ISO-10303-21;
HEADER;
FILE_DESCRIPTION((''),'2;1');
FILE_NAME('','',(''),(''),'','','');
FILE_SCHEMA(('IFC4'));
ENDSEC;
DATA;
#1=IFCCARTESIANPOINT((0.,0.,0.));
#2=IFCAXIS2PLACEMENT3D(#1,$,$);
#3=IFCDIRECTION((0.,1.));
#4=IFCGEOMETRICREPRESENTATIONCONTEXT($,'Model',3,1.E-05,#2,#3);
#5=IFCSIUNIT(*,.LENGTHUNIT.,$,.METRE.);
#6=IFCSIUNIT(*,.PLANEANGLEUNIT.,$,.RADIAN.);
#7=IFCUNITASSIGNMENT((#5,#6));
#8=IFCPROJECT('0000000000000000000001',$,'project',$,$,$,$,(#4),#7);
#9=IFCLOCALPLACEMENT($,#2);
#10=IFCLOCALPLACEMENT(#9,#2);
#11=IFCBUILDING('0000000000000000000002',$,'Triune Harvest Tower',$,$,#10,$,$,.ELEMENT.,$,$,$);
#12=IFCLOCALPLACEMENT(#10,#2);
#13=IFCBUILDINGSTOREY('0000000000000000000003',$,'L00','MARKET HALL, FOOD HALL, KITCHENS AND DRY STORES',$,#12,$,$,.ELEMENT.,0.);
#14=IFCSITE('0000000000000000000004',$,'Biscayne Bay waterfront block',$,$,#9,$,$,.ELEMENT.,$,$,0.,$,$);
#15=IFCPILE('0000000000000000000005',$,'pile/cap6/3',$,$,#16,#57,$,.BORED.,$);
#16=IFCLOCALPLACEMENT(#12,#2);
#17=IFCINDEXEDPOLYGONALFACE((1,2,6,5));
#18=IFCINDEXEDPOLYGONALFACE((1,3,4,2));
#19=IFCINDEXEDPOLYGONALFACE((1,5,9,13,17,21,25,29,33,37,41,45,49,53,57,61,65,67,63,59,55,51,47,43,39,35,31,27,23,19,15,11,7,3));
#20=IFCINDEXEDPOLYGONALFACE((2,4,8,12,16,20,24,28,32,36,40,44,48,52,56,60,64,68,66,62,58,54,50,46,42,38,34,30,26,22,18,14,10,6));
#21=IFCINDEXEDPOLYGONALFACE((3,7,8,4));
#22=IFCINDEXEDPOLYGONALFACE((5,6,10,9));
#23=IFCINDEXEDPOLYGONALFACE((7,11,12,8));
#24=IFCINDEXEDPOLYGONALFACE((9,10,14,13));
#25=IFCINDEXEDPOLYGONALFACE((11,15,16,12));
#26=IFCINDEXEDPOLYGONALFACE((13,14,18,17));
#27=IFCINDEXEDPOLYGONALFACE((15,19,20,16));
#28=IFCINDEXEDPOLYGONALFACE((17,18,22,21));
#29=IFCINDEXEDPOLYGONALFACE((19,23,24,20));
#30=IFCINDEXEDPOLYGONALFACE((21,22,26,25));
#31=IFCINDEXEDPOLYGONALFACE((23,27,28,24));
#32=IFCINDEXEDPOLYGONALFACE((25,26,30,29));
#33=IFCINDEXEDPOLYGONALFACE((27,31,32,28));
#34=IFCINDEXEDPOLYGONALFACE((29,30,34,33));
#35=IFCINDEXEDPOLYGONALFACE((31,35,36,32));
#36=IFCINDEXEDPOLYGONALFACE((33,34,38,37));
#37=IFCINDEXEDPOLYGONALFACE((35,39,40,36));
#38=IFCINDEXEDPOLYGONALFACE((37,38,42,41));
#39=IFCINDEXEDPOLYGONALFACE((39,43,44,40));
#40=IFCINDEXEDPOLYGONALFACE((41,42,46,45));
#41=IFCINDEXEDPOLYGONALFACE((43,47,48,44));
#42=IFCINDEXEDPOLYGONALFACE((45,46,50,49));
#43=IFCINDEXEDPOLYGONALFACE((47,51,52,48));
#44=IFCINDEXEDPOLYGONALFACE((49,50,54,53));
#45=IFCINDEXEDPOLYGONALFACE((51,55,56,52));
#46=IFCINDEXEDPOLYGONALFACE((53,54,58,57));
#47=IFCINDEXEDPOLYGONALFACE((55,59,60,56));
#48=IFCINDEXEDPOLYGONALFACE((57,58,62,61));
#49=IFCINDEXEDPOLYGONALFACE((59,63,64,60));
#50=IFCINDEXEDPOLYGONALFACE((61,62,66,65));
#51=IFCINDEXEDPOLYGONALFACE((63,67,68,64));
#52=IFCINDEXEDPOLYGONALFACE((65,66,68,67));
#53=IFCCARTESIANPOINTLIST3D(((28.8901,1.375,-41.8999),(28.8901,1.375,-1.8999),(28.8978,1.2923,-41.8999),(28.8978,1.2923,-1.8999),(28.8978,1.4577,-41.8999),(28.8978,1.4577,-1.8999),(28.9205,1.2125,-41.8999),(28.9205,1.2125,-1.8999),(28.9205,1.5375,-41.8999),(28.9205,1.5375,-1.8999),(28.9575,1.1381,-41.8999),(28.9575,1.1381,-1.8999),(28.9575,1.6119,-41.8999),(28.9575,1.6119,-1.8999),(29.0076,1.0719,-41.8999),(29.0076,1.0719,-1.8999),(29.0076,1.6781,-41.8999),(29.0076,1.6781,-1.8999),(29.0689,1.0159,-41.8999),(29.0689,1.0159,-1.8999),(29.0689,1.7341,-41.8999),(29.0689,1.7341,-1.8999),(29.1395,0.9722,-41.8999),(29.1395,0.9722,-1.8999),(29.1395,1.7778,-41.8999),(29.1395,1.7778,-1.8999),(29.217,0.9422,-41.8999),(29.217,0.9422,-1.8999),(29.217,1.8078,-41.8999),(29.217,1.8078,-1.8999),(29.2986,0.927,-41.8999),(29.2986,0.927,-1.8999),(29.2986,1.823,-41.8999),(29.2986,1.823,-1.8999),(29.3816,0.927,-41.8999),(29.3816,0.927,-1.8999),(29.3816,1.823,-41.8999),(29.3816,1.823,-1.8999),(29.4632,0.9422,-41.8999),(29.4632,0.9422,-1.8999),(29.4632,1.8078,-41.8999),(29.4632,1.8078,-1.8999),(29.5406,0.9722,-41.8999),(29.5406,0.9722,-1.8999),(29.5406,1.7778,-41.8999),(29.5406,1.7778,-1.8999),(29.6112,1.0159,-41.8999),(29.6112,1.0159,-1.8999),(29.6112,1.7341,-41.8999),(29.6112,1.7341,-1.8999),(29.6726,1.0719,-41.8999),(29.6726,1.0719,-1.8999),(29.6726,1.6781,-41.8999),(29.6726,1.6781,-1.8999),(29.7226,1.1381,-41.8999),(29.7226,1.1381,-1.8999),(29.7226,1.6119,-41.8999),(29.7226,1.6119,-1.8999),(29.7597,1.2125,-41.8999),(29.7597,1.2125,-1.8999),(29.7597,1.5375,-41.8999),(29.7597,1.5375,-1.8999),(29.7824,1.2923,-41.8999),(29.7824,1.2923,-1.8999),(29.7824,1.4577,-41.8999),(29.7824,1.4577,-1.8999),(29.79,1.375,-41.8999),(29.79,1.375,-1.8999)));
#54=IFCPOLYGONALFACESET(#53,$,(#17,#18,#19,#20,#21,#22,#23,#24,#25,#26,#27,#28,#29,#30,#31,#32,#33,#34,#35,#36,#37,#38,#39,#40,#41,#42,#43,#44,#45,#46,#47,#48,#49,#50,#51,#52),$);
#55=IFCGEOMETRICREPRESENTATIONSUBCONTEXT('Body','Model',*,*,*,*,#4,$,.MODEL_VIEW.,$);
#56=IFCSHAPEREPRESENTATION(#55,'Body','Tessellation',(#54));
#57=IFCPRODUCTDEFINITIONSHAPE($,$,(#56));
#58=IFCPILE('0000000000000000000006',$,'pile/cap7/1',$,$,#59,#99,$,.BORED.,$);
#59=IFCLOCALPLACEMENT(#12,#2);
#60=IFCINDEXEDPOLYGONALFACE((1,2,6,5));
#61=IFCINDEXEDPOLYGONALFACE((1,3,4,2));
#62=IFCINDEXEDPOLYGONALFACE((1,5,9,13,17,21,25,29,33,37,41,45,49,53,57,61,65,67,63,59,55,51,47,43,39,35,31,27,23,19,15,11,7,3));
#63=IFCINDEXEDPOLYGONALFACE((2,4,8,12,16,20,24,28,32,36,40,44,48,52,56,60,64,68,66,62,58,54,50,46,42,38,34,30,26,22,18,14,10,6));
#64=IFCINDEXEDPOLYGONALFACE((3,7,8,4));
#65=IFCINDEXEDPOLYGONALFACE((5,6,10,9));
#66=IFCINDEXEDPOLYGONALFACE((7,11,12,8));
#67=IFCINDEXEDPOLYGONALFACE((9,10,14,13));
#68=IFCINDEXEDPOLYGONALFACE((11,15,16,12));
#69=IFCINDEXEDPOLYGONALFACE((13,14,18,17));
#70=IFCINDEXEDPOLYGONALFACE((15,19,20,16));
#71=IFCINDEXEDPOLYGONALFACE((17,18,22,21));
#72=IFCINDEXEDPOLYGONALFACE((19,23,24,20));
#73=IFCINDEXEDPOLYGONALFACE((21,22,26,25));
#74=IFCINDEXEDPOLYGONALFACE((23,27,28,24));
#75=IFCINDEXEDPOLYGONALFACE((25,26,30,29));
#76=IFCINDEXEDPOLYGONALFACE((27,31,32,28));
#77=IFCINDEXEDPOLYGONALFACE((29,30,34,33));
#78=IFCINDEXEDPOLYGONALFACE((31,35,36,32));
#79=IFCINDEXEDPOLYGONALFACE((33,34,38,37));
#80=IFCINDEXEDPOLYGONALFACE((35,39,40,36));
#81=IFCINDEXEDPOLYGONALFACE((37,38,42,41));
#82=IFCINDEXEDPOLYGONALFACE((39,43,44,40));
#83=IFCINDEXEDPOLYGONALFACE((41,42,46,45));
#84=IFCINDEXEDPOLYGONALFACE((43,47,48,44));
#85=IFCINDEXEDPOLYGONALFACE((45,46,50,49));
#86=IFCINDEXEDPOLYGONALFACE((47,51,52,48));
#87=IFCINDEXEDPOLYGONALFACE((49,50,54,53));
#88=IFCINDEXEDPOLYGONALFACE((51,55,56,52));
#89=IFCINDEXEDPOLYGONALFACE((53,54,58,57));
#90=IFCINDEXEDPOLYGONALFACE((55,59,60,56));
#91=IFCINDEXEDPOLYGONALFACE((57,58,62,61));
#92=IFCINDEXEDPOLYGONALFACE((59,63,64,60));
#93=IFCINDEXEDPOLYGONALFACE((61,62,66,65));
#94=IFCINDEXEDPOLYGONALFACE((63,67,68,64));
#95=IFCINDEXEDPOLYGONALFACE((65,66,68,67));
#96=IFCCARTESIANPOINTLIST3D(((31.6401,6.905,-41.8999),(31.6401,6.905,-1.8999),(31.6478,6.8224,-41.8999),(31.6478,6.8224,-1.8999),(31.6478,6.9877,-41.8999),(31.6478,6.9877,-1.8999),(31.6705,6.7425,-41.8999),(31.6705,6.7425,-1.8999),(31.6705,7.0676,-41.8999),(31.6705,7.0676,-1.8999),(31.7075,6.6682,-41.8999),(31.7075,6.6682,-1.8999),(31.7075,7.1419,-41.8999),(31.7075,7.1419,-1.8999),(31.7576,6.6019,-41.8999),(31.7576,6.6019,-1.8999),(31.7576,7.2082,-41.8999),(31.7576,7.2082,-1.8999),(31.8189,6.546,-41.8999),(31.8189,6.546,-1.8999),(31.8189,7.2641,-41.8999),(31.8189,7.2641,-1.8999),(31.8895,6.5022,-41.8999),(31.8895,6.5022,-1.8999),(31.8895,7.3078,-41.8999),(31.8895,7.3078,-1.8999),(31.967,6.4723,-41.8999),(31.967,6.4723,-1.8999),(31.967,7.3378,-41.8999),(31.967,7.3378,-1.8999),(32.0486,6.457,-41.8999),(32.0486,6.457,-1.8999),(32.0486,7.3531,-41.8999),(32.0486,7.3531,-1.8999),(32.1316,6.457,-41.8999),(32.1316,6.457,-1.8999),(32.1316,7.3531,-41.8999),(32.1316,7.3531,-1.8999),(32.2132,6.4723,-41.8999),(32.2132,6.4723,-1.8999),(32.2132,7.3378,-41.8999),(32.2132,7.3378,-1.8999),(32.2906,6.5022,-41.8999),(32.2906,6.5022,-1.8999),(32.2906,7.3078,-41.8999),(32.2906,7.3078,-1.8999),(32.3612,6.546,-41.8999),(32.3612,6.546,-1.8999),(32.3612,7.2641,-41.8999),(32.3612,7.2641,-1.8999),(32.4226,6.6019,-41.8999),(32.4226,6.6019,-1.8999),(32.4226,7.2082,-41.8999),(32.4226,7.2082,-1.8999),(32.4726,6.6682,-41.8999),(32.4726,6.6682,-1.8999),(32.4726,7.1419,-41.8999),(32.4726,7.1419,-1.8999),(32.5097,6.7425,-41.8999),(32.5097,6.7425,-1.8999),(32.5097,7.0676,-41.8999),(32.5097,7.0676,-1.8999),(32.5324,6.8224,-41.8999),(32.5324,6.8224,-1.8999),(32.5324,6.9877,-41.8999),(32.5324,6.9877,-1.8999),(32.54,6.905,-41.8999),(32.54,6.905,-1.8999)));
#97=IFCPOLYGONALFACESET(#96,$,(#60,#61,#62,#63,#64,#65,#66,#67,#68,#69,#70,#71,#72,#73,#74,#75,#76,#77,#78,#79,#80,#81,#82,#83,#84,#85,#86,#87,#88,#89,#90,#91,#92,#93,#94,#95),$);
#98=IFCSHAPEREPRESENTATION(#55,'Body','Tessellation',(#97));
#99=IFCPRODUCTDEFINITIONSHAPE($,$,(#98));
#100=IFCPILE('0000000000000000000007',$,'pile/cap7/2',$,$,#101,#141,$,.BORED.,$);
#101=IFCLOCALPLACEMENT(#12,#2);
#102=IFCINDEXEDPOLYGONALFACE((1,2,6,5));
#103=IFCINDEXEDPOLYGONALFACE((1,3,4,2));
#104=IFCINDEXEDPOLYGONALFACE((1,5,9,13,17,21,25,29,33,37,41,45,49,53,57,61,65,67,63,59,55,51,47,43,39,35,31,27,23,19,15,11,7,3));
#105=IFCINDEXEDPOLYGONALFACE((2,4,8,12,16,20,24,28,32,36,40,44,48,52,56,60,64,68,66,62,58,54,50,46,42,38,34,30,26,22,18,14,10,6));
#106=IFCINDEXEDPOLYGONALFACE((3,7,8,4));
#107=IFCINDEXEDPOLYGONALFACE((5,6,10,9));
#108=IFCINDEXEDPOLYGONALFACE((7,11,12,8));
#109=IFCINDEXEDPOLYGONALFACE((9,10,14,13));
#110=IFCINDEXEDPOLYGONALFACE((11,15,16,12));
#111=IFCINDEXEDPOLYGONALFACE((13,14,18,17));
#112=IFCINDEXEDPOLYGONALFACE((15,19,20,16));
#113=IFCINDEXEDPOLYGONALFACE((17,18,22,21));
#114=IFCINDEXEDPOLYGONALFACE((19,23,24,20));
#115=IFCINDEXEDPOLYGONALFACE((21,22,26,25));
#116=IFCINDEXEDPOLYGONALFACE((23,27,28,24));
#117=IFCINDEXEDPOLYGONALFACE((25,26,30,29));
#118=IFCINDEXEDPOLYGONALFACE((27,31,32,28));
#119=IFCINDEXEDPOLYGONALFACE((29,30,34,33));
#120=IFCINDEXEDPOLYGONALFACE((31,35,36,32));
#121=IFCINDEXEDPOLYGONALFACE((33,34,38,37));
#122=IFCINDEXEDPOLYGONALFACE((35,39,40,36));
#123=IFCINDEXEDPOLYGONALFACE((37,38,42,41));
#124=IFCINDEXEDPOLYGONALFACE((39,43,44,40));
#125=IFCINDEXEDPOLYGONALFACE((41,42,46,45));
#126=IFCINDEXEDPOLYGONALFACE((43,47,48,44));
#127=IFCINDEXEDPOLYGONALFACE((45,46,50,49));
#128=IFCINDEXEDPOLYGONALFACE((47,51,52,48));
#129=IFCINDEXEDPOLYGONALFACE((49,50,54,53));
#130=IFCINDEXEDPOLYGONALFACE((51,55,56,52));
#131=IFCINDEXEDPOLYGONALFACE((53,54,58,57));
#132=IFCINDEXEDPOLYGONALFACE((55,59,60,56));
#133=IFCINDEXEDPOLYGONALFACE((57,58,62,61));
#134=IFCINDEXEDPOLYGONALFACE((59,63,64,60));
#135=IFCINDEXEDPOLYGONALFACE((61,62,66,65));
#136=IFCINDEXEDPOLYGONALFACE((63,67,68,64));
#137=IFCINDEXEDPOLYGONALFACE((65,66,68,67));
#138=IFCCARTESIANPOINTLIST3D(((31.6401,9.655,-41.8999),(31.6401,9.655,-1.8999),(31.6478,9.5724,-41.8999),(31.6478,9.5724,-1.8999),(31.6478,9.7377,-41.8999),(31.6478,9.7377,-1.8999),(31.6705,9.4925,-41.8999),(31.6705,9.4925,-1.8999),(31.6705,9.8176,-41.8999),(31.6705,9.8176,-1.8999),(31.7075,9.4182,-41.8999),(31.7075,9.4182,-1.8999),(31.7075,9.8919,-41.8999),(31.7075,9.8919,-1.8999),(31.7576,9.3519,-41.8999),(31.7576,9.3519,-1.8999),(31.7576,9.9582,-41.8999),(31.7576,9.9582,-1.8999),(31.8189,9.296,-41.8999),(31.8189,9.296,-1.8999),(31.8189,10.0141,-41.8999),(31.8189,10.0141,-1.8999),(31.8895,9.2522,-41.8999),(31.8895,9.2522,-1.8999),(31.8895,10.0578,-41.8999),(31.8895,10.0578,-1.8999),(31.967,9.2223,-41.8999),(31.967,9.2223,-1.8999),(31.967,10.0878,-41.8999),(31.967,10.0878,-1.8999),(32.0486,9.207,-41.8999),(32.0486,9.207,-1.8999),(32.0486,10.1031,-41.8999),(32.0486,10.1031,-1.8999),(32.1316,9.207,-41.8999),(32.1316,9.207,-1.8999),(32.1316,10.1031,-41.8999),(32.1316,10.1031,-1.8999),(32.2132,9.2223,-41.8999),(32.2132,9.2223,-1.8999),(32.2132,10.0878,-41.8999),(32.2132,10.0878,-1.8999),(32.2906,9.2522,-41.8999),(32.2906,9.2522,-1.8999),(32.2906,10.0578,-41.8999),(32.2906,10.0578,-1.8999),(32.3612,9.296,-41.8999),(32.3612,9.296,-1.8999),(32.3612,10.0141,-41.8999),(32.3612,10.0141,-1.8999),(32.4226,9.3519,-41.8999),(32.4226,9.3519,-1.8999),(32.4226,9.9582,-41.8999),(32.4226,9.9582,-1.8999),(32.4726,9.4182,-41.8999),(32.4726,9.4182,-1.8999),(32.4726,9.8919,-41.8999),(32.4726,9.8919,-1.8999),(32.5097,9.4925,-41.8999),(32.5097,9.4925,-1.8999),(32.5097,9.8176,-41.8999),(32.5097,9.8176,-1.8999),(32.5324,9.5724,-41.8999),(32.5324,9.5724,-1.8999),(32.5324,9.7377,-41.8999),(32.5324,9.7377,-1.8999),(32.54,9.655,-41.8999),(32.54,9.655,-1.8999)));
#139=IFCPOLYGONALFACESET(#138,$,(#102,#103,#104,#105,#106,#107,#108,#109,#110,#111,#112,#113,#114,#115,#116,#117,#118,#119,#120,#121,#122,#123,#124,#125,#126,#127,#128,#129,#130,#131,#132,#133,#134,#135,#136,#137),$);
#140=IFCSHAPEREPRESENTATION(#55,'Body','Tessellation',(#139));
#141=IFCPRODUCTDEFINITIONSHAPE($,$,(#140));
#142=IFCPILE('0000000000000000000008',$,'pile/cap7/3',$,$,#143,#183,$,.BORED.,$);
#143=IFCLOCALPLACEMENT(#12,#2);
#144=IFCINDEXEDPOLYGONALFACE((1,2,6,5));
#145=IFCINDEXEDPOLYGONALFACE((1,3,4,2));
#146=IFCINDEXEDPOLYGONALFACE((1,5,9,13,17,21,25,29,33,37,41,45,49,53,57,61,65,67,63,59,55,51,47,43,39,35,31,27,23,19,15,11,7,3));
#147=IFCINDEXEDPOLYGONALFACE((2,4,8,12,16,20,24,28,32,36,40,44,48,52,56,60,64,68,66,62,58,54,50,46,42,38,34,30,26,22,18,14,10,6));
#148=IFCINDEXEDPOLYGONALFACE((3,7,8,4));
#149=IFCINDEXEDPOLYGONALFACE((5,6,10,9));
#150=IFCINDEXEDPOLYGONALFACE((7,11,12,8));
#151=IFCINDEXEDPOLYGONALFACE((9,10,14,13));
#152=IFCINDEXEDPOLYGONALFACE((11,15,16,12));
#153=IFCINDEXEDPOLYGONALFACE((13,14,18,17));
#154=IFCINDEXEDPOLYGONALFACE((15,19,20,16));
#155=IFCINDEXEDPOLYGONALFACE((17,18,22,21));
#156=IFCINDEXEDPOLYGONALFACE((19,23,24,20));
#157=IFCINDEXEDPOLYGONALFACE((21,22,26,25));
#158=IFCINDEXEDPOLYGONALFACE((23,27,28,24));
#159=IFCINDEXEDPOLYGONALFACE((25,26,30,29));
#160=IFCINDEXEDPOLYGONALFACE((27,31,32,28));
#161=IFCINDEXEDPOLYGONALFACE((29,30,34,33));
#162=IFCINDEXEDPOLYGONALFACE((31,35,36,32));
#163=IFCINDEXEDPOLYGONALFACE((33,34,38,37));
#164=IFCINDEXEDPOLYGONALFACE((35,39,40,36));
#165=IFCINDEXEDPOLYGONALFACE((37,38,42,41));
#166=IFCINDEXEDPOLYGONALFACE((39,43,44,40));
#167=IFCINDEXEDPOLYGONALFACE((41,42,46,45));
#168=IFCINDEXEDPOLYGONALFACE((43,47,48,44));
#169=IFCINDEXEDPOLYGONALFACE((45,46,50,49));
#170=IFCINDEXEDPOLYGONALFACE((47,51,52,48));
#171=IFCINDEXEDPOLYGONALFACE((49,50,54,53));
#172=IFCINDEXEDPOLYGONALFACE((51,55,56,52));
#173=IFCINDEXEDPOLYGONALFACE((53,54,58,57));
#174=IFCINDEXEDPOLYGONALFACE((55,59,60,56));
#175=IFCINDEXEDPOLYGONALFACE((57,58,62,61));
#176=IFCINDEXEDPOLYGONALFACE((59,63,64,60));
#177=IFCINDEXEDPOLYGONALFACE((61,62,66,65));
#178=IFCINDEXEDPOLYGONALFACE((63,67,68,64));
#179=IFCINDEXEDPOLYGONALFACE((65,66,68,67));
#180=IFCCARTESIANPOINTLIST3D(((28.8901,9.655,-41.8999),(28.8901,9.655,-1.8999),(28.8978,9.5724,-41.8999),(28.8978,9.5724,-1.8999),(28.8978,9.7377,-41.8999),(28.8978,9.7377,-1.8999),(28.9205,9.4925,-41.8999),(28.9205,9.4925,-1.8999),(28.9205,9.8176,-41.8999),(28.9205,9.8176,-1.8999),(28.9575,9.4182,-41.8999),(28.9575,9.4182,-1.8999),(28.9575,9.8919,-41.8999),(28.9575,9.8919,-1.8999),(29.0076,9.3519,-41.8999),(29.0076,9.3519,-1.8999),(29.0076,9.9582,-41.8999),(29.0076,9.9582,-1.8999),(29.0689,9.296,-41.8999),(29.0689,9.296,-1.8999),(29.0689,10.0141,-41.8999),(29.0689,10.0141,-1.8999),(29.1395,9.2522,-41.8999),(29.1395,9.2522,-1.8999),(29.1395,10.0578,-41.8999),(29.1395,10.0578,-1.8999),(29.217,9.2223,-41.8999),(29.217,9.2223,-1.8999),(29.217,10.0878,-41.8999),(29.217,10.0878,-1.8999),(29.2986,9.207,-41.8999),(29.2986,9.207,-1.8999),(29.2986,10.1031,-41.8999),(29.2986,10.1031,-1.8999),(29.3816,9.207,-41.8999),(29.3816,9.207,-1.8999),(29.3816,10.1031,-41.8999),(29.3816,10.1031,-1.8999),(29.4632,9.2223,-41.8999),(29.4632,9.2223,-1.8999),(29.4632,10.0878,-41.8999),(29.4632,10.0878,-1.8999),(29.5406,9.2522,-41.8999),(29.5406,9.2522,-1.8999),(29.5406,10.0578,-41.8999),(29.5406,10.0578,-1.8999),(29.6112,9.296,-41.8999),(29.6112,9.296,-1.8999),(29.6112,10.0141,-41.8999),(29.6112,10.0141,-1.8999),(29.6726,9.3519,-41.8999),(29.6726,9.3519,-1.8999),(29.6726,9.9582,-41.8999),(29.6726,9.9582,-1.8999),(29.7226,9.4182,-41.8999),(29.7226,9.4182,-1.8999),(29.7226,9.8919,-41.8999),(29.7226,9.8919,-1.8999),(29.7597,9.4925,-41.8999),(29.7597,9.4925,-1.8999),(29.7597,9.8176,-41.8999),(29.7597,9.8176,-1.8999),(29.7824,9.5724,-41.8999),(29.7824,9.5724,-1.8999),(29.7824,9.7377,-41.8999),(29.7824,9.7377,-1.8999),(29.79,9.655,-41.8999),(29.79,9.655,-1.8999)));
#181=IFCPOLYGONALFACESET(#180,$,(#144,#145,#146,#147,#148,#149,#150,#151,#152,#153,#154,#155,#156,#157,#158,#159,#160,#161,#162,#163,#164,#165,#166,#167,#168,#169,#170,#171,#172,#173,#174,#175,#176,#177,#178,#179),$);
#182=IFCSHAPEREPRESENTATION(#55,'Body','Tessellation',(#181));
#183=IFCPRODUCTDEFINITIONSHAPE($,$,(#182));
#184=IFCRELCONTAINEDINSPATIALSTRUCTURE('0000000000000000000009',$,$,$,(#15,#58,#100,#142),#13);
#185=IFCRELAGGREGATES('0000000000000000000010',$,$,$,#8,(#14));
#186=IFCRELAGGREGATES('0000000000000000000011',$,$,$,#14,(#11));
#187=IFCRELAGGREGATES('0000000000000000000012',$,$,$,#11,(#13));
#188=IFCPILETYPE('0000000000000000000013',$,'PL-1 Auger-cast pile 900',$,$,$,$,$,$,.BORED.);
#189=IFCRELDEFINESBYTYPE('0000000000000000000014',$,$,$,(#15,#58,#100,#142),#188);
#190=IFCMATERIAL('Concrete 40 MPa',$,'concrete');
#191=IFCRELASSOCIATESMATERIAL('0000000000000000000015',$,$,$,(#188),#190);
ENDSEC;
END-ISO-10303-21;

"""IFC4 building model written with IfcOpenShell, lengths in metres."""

from ifc_helpers import new_model, si_unit, direction, frame, origin, origin_2d, place, context, subcontext, project, spatial, circle, extrude, source, transform, mapped, material, material_profile, profile_set, type_object, element, save


model = new_model("IFC4")

# Units and contexts
model_context = context("Model", 3, precision=1e-05, world=origin(), true_north=direction((0.0, 1.0)))
body_context = subcontext(model_context, "Body", "Model", "MODEL_VIEW")
ifc_project = project(units=[si_unit("LENGTHUNIT", "METRE"), si_unit("PLANEANGLEUNIT", "RADIAN")], contexts=[model_context])

# Site, building, storey
site_placement = place(None, origin())
site = spatial("IfcSite", under=ifc_project, at=site_placement, Name="Biscayne Bay waterfront block", CompositionType="ELEMENT", RefElevation=0.0)
building_placement = place(site_placement, origin())
building = spatial("IfcBuilding", under=site, at=building_placement, Name="Triune Harvest Tower", CompositionType="ELEMENT")
storey_placement = place(building_placement, origin())
storey = spatial("IfcBuildingStorey", under=building, at=storey_placement, Name="L00", Description="MARKET HALL, FOOD HALL, KITCHENS AND DRY STORES", CompositionType="ELEMENT", Elevation=0.0)

# Piles
ifc_material_1 = material(Name="Concrete 40 MPa", Category="concrete")
ifc_material_profile_1 = material_profile(ifc_material_1, circle(Radius=0.45, at=origin_2d()), Name="Bored 900")
ifc_profile_set_1 = profile_set([ifc_material_profile_1], Name="Concrete 40 MPa")
pile_type = type_object("IfcPileType", Name="PL-1 Auger-cast pile 900", PredefinedType="BORED", material=ifc_profile_set_1)
shared_shape_1 = source(origin(), body_context, "Body", "SweptSolid", [
    extrude(circle(Radius=0.45, at=origin_2d()), origin(), (0.0, 0.0, 1.0), 40.0),
])
for number, where, z_axis, x_axis, name in (
    (1, (29.3401, 1.375, -1.8999), (0.0, 0.0, -1.0), (1.0, 0.0, 0.0), "pile/cap6/3"),
    (2, (32.0901, 6.905, -1.8999), (0.0, 0.0, -1.0), (1.0, 0.0, 0.0), "pile/cap7/1"),
    (3, (32.0901, 9.655, -1.8999), (0.0, 0.0, -1.0), (1.0, 0.0, 0.0), "pile/cap7/2"),
    (4, (29.3401, 9.655, -1.8999), (0.0, 0.0, -1.0), (1.0, 0.0, 0.0), "pile/cap7/3"),
):
    element("IfcPile", number, at=place(storey_placement, frame(where, z_axis=z_axis, x_axis=x_axis)), inside=storey, type_object=pile_type, Name=name, PredefinedType="BORED", context=body_context, shape_type="MappedRepresentation", body=[
        mapped(shared_shape_1, transform((0.0, 0.0, 0.0), scale=1.0)),
    ])

save(model, "model.ifc")
